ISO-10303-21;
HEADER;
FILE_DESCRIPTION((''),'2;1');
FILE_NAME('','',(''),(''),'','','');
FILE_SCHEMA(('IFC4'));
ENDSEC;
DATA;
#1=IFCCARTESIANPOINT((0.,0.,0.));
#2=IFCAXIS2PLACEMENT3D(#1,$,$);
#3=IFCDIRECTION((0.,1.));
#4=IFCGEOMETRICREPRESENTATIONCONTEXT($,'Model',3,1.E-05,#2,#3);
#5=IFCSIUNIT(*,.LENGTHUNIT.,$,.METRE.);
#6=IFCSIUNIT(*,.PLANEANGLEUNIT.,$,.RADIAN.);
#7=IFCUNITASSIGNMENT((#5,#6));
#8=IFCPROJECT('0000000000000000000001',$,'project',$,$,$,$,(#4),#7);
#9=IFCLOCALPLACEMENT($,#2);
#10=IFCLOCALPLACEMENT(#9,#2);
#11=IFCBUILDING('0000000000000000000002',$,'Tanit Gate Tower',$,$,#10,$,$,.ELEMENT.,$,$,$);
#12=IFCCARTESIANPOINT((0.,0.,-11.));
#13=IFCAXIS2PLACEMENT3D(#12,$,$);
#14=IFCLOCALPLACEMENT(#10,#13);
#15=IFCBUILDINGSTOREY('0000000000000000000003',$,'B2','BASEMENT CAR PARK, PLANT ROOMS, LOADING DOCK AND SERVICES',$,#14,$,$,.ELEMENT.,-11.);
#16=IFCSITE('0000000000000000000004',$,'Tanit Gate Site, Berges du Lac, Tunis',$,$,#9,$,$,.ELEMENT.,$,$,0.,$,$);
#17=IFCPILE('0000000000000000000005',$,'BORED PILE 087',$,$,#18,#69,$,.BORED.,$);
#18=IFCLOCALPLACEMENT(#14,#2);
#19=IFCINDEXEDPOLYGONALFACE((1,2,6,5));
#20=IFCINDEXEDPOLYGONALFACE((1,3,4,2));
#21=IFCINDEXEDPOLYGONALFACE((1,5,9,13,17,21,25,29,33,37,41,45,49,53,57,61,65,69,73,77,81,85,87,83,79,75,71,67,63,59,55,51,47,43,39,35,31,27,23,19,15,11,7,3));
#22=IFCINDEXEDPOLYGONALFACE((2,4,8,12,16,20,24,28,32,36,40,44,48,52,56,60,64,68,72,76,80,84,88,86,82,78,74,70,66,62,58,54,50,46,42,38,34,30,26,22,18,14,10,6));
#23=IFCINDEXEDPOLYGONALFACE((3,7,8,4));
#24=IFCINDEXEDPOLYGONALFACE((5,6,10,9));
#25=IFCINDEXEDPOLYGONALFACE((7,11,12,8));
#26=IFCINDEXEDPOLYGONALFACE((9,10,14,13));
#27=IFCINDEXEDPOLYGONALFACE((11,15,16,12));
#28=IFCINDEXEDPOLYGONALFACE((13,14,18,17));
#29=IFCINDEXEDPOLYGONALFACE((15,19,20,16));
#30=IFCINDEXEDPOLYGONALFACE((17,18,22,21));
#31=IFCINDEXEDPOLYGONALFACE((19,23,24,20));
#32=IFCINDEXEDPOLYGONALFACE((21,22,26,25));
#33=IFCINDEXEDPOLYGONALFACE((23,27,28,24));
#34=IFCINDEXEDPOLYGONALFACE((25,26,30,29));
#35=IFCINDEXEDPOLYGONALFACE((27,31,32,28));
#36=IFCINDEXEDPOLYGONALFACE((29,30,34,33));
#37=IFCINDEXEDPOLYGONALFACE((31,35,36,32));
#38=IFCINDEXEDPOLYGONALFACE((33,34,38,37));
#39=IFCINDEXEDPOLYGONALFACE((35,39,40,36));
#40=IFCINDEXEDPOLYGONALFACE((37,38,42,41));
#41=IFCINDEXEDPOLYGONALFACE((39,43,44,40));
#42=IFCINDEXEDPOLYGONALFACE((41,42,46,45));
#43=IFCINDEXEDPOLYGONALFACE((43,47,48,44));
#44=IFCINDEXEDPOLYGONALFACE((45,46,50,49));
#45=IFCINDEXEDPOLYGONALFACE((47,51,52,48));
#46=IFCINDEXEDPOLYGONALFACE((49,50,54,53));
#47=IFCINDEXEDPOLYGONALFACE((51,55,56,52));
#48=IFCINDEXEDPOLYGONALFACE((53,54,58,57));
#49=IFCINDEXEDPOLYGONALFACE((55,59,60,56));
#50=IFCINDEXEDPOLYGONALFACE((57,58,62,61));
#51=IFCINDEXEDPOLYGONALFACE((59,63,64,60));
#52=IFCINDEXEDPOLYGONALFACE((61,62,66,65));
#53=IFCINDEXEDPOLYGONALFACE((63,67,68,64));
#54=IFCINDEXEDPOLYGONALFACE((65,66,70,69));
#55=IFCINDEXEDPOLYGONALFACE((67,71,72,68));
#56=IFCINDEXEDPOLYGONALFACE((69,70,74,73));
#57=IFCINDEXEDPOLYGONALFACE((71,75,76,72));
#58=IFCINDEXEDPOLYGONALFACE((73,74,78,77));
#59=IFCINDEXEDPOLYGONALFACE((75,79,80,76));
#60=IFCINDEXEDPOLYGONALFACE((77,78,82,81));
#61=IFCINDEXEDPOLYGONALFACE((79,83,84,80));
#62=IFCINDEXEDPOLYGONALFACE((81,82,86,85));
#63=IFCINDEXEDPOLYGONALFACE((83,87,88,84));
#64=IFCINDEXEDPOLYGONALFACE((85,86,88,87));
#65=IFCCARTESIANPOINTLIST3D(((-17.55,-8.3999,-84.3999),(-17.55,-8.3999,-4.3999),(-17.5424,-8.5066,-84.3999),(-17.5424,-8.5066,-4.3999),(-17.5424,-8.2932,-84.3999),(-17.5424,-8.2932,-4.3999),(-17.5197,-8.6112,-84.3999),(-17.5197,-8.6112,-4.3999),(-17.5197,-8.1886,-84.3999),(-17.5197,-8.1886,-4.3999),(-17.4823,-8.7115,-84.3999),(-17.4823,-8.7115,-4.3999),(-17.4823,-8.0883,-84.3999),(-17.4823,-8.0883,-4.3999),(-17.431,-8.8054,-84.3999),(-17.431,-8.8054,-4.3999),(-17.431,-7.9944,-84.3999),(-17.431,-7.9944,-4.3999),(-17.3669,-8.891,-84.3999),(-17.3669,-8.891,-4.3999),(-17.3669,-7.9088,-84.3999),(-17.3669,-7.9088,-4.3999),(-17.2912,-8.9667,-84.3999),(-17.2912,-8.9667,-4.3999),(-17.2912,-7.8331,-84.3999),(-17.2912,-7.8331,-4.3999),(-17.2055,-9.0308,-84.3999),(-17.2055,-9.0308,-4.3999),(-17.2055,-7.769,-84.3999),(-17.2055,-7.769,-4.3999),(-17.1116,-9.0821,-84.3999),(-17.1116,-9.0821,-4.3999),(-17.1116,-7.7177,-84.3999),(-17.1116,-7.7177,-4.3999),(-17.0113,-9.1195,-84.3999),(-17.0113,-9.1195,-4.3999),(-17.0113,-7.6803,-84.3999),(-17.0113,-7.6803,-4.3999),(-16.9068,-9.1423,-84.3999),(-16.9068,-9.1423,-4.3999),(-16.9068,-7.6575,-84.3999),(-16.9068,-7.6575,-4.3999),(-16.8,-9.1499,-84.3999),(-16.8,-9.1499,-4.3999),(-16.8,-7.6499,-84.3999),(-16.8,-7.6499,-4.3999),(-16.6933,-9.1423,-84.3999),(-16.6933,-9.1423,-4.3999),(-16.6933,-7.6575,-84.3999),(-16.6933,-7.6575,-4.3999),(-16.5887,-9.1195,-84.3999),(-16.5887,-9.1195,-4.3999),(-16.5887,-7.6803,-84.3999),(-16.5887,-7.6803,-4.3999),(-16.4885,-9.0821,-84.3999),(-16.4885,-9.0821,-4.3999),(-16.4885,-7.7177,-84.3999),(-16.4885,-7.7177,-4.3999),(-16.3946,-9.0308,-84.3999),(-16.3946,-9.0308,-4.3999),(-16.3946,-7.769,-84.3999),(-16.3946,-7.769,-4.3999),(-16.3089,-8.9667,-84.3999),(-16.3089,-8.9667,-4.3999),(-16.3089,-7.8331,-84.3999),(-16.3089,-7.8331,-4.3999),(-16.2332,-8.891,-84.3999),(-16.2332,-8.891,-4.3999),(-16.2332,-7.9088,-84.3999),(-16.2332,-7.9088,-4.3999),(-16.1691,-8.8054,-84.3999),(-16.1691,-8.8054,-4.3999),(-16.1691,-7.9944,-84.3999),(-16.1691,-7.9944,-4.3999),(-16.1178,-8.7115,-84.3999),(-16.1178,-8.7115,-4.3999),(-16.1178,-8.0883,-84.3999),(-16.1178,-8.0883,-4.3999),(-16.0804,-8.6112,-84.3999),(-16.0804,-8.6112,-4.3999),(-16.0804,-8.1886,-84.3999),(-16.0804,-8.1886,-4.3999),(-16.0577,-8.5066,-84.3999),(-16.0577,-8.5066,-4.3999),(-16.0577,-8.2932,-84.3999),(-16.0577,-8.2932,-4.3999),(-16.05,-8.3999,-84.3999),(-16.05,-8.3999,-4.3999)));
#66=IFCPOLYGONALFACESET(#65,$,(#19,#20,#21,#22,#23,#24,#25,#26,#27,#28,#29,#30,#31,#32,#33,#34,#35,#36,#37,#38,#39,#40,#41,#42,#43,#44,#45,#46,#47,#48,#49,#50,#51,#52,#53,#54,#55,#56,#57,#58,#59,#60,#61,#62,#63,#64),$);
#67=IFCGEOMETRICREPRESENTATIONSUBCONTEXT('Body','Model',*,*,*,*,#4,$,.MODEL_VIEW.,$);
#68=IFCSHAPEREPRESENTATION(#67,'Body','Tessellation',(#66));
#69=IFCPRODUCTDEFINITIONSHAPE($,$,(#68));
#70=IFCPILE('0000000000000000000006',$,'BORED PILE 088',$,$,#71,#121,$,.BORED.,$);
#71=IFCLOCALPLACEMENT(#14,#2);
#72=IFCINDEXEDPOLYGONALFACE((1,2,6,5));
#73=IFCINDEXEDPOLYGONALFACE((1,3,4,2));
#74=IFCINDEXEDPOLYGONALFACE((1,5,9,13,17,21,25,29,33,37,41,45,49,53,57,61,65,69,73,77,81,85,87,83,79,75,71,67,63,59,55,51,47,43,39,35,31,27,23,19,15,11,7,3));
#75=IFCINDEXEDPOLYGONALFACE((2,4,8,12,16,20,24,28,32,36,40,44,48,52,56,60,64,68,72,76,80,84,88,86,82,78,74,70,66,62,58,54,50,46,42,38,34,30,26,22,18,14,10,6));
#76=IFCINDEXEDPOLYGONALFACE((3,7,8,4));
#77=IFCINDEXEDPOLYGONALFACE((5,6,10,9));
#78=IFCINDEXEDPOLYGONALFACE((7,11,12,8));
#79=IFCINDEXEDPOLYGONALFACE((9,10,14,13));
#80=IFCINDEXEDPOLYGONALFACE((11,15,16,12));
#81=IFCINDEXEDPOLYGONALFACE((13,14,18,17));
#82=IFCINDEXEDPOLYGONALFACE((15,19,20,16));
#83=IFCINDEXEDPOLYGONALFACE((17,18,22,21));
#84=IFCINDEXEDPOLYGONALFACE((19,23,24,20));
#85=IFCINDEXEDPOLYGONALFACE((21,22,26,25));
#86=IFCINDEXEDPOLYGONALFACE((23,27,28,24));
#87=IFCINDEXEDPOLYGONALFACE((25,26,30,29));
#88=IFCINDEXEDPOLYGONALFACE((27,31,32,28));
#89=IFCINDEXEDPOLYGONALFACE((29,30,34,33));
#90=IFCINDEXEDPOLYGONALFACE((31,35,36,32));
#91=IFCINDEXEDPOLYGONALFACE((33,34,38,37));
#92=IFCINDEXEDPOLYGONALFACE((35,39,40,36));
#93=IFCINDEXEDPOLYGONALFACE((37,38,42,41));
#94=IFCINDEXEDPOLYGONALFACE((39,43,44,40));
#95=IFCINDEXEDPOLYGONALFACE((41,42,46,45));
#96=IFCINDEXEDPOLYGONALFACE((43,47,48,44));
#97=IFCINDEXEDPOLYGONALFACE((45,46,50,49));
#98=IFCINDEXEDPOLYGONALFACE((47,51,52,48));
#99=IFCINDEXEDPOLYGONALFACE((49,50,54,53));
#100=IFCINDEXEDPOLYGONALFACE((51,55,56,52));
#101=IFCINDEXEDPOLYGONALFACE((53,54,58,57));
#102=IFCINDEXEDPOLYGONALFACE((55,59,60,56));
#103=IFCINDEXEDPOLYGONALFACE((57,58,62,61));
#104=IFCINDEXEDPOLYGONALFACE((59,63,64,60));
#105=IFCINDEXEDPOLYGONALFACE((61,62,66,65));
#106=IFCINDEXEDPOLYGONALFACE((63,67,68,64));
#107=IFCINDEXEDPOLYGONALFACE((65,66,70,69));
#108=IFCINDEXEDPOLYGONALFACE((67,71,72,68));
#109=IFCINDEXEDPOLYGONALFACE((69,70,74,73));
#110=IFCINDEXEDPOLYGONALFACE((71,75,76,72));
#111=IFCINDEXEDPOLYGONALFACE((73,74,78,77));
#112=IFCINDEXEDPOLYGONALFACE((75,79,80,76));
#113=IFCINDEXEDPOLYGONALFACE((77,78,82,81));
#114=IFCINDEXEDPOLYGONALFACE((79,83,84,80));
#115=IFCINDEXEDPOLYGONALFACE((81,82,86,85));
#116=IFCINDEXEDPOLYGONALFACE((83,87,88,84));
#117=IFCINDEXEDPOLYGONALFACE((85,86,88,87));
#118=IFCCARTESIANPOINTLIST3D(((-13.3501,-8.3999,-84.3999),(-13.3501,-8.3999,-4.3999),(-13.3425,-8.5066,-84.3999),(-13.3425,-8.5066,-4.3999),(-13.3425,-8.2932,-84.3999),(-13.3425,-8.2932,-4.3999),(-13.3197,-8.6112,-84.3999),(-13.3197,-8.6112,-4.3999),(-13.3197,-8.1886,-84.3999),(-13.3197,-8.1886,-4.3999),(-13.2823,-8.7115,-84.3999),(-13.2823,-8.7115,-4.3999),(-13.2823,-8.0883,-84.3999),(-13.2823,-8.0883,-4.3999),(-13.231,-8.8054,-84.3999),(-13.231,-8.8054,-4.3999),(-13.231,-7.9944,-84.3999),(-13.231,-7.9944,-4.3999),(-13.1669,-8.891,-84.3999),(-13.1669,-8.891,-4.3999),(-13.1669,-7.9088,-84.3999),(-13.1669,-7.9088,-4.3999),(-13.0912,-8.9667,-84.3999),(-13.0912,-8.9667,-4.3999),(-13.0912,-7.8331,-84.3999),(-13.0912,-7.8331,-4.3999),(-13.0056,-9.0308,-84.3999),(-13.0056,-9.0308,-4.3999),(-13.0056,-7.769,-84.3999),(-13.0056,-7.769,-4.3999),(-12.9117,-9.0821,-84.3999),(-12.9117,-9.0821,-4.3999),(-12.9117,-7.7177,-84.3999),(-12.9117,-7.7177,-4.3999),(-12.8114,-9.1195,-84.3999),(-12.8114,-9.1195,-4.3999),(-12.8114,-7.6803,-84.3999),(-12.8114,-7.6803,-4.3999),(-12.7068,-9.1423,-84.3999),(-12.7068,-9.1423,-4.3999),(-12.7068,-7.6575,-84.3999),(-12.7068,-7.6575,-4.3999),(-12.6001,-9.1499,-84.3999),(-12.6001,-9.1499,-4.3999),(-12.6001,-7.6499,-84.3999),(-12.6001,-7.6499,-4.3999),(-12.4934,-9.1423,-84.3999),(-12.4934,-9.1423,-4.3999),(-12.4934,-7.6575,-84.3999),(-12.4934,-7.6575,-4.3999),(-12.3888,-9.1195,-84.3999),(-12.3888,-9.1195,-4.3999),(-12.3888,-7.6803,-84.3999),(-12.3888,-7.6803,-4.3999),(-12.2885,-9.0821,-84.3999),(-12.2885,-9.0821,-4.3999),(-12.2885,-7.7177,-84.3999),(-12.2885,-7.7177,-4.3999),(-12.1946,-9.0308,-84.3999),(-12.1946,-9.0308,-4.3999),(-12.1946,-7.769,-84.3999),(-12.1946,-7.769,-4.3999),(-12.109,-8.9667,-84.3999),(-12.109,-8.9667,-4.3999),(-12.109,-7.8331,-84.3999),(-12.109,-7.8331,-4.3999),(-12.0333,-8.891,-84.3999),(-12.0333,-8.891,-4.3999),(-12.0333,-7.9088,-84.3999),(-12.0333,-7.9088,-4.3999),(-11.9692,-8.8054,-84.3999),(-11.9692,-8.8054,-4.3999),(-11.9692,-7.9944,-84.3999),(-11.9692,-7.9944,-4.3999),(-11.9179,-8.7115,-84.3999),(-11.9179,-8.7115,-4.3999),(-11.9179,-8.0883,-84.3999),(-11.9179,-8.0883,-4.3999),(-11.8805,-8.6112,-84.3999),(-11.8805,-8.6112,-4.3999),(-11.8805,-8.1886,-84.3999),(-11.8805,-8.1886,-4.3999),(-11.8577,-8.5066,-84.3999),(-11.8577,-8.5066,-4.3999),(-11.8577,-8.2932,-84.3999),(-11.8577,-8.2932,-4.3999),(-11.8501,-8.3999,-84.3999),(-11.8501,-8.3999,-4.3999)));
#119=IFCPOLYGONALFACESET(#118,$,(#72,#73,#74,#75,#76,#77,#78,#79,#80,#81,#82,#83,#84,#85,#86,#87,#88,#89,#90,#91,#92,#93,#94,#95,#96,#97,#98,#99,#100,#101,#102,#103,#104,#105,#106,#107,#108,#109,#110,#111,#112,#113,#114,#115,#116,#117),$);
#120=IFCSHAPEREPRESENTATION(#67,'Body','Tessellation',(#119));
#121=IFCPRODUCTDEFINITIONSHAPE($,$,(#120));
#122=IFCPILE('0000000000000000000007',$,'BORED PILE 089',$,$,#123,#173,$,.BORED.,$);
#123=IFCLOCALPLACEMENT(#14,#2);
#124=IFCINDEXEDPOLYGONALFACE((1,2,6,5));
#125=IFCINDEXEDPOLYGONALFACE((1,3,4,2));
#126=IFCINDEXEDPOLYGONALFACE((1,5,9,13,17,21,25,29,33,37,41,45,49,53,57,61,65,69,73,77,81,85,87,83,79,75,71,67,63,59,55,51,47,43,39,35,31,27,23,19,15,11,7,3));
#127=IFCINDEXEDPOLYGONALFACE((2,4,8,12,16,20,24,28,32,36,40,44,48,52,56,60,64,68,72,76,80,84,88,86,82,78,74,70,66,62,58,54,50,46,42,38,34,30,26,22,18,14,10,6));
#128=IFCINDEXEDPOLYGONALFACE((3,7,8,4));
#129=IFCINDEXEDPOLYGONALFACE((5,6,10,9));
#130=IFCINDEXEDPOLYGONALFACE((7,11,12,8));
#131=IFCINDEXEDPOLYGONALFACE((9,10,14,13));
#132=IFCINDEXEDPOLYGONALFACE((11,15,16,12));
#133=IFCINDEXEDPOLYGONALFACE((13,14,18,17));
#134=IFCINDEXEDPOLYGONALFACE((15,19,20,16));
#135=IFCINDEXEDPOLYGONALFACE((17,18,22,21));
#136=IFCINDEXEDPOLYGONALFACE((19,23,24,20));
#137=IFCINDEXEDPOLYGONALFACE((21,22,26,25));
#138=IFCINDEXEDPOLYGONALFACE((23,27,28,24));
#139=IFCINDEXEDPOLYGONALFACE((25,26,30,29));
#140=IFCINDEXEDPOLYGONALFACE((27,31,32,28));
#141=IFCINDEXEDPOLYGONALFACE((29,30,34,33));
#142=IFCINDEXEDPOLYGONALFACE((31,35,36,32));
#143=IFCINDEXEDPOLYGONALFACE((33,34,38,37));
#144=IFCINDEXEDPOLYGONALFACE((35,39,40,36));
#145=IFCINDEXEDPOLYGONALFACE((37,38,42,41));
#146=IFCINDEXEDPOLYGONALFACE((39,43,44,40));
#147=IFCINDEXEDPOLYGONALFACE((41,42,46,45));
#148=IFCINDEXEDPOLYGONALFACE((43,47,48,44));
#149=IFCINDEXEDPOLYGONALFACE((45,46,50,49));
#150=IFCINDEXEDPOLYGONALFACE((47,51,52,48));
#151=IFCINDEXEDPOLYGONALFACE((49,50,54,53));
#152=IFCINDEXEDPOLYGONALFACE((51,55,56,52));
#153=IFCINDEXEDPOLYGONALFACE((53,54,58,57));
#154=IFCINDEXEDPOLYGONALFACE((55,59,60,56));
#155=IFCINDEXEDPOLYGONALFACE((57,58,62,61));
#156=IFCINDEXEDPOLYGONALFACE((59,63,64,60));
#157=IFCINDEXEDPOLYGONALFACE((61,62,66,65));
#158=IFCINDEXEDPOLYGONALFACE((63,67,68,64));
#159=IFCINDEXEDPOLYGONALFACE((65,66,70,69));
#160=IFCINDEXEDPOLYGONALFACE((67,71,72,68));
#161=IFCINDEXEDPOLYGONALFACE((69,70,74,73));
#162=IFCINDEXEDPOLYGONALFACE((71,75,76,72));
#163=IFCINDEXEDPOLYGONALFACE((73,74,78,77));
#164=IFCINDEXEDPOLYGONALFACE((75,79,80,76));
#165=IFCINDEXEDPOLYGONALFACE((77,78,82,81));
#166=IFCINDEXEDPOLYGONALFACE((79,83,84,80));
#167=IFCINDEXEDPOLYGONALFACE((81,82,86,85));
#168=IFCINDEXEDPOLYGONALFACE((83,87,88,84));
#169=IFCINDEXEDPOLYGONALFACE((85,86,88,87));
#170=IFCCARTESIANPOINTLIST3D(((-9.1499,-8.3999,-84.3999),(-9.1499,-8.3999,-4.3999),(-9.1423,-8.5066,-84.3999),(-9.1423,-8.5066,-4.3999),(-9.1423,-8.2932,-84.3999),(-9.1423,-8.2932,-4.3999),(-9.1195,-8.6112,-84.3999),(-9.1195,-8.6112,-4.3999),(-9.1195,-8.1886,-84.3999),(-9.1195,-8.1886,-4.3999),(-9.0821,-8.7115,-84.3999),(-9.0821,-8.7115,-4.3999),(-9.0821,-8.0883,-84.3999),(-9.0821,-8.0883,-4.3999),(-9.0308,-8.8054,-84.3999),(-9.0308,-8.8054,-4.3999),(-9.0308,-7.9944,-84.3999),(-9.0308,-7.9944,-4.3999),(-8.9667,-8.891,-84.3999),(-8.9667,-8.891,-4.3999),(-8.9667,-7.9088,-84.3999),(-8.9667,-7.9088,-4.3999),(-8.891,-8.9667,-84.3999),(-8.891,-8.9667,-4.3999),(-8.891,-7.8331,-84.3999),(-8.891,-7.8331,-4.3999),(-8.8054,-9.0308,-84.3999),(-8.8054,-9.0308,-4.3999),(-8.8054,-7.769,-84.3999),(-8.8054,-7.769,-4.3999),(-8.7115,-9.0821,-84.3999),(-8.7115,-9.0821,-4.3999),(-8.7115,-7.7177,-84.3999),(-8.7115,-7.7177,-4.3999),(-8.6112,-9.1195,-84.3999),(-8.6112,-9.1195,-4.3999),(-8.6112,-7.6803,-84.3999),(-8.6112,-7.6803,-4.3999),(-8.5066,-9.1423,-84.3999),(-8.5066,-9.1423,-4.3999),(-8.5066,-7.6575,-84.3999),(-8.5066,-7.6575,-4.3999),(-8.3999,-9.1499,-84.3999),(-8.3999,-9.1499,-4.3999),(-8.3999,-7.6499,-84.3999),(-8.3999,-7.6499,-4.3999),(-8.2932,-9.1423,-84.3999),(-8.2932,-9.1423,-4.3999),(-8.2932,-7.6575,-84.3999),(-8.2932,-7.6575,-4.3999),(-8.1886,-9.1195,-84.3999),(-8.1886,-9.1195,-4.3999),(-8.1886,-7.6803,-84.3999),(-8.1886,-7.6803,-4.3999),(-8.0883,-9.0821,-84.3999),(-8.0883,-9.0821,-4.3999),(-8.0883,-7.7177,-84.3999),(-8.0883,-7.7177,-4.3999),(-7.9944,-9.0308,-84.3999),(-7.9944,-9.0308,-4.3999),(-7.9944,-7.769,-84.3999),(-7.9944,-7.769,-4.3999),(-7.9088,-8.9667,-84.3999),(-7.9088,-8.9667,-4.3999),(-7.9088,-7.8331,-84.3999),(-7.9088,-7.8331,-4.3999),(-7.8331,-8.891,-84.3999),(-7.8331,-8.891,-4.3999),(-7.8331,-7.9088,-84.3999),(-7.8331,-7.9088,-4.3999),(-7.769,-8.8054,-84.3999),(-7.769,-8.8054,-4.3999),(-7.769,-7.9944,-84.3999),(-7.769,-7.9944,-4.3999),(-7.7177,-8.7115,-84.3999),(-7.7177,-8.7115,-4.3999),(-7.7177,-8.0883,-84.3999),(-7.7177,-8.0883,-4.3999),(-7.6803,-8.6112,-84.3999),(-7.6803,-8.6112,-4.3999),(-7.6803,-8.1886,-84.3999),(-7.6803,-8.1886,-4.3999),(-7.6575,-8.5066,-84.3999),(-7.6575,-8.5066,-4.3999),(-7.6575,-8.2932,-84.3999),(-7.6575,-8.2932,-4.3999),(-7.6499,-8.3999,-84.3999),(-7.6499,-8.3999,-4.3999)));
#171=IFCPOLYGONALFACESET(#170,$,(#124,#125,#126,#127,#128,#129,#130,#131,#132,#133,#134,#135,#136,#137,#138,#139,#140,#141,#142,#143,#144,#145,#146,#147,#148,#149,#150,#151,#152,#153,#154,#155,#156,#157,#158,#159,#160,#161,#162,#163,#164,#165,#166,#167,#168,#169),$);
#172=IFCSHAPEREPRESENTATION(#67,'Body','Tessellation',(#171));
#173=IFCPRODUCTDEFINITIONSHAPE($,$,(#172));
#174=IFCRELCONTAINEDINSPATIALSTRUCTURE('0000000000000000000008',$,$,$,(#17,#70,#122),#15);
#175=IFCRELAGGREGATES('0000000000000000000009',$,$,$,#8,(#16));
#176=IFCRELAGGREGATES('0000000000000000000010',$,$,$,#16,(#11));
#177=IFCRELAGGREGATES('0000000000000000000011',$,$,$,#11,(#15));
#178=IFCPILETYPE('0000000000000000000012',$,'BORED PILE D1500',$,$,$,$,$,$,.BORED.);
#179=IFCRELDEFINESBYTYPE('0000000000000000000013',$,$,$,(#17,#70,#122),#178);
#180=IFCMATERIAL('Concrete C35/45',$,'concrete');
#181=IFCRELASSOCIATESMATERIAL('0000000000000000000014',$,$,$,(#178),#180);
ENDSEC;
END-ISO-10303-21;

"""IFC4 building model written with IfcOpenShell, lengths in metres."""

from ifc_helpers import new_model, si_unit, direction, frame, origin, origin_2d, place, context, subcontext, project, spatial, circle, extrude, material, material_profile, profile_set, type_object, element, save


model = new_model("IFC4")

# Units and contexts
model_context = context("Model", 3, precision=1e-05, world=origin(), true_north=direction((0.0, 1.0)))
body_context = subcontext(model_context, "Body", "Model", "MODEL_VIEW")
ifc_project = project(units=[si_unit("LENGTHUNIT", "METRE"), si_unit("PLANEANGLEUNIT", "RADIAN")], contexts=[model_context])

# Site, building, storey
site_placement = place(None, origin())
site = spatial("IfcSite", under=ifc_project, at=site_placement, Name="Tanit Gate Site, Berges du Lac, Tunis", CompositionType="ELEMENT", RefElevation=0.0)
building_placement = place(site_placement, origin())
building = spatial("IfcBuilding", under=site, at=building_placement, Name="Tanit Gate Tower", CompositionType="ELEMENT")
storey_placement = place(building_placement, frame((0.0, 0.0, -11.0)))
storey = spatial("IfcBuildingStorey", under=building, at=storey_placement, Name="B2", Description="BASEMENT CAR PARK, PLANT ROOMS, LOADING DOCK AND SERVICES", CompositionType="ELEMENT", Elevation=-11.0)

# Piles
ifc_material_1 = material(Name="Concrete C35/45", Category="concrete")
ifc_material_profile_1 = material_profile(ifc_material_1, circle(Radius=0.75, at=origin_2d()), Name="BORED PILE D1500 C35/45")
ifc_profile_set_1 = profile_set([ifc_material_profile_1], Name="Concrete C35/45")
pile_type = type_object("IfcPileType", Name="BORED PILE D1500", PredefinedType="BORED", material=ifc_profile_set_1)
for number, where, z_axis, x_axis, name in (
    (1, (-16.8, -8.3999, -4.3999), (0.0, 0.0, -1.0), (1.0, 0.0, 0.0), "BORED PILE 087"),
    (2, (-12.6001, -8.3999, -4.3999), (0.0, 0.0, -1.0), (1.0, 0.0, 0.0), "BORED PILE 088"),
    (3, (-8.3999, -8.3999, -4.3999), (0.0, 0.0, -1.0), (1.0, 0.0, 0.0), "BORED PILE 089"),
):
    element("IfcPile", number, at=place(storey_placement, frame(where, z_axis=z_axis, x_axis=x_axis)), inside=storey, type_object=pile_type, Name=name, PredefinedType="BORED", context=body_context, shape_type="SweptSolid", body=[
        extrude(circle(Radius=0.75, at=origin_2d()), origin(), (0.0, 0.0, 1.0), 80.0),
    ])

save(model, "model.ifc")
